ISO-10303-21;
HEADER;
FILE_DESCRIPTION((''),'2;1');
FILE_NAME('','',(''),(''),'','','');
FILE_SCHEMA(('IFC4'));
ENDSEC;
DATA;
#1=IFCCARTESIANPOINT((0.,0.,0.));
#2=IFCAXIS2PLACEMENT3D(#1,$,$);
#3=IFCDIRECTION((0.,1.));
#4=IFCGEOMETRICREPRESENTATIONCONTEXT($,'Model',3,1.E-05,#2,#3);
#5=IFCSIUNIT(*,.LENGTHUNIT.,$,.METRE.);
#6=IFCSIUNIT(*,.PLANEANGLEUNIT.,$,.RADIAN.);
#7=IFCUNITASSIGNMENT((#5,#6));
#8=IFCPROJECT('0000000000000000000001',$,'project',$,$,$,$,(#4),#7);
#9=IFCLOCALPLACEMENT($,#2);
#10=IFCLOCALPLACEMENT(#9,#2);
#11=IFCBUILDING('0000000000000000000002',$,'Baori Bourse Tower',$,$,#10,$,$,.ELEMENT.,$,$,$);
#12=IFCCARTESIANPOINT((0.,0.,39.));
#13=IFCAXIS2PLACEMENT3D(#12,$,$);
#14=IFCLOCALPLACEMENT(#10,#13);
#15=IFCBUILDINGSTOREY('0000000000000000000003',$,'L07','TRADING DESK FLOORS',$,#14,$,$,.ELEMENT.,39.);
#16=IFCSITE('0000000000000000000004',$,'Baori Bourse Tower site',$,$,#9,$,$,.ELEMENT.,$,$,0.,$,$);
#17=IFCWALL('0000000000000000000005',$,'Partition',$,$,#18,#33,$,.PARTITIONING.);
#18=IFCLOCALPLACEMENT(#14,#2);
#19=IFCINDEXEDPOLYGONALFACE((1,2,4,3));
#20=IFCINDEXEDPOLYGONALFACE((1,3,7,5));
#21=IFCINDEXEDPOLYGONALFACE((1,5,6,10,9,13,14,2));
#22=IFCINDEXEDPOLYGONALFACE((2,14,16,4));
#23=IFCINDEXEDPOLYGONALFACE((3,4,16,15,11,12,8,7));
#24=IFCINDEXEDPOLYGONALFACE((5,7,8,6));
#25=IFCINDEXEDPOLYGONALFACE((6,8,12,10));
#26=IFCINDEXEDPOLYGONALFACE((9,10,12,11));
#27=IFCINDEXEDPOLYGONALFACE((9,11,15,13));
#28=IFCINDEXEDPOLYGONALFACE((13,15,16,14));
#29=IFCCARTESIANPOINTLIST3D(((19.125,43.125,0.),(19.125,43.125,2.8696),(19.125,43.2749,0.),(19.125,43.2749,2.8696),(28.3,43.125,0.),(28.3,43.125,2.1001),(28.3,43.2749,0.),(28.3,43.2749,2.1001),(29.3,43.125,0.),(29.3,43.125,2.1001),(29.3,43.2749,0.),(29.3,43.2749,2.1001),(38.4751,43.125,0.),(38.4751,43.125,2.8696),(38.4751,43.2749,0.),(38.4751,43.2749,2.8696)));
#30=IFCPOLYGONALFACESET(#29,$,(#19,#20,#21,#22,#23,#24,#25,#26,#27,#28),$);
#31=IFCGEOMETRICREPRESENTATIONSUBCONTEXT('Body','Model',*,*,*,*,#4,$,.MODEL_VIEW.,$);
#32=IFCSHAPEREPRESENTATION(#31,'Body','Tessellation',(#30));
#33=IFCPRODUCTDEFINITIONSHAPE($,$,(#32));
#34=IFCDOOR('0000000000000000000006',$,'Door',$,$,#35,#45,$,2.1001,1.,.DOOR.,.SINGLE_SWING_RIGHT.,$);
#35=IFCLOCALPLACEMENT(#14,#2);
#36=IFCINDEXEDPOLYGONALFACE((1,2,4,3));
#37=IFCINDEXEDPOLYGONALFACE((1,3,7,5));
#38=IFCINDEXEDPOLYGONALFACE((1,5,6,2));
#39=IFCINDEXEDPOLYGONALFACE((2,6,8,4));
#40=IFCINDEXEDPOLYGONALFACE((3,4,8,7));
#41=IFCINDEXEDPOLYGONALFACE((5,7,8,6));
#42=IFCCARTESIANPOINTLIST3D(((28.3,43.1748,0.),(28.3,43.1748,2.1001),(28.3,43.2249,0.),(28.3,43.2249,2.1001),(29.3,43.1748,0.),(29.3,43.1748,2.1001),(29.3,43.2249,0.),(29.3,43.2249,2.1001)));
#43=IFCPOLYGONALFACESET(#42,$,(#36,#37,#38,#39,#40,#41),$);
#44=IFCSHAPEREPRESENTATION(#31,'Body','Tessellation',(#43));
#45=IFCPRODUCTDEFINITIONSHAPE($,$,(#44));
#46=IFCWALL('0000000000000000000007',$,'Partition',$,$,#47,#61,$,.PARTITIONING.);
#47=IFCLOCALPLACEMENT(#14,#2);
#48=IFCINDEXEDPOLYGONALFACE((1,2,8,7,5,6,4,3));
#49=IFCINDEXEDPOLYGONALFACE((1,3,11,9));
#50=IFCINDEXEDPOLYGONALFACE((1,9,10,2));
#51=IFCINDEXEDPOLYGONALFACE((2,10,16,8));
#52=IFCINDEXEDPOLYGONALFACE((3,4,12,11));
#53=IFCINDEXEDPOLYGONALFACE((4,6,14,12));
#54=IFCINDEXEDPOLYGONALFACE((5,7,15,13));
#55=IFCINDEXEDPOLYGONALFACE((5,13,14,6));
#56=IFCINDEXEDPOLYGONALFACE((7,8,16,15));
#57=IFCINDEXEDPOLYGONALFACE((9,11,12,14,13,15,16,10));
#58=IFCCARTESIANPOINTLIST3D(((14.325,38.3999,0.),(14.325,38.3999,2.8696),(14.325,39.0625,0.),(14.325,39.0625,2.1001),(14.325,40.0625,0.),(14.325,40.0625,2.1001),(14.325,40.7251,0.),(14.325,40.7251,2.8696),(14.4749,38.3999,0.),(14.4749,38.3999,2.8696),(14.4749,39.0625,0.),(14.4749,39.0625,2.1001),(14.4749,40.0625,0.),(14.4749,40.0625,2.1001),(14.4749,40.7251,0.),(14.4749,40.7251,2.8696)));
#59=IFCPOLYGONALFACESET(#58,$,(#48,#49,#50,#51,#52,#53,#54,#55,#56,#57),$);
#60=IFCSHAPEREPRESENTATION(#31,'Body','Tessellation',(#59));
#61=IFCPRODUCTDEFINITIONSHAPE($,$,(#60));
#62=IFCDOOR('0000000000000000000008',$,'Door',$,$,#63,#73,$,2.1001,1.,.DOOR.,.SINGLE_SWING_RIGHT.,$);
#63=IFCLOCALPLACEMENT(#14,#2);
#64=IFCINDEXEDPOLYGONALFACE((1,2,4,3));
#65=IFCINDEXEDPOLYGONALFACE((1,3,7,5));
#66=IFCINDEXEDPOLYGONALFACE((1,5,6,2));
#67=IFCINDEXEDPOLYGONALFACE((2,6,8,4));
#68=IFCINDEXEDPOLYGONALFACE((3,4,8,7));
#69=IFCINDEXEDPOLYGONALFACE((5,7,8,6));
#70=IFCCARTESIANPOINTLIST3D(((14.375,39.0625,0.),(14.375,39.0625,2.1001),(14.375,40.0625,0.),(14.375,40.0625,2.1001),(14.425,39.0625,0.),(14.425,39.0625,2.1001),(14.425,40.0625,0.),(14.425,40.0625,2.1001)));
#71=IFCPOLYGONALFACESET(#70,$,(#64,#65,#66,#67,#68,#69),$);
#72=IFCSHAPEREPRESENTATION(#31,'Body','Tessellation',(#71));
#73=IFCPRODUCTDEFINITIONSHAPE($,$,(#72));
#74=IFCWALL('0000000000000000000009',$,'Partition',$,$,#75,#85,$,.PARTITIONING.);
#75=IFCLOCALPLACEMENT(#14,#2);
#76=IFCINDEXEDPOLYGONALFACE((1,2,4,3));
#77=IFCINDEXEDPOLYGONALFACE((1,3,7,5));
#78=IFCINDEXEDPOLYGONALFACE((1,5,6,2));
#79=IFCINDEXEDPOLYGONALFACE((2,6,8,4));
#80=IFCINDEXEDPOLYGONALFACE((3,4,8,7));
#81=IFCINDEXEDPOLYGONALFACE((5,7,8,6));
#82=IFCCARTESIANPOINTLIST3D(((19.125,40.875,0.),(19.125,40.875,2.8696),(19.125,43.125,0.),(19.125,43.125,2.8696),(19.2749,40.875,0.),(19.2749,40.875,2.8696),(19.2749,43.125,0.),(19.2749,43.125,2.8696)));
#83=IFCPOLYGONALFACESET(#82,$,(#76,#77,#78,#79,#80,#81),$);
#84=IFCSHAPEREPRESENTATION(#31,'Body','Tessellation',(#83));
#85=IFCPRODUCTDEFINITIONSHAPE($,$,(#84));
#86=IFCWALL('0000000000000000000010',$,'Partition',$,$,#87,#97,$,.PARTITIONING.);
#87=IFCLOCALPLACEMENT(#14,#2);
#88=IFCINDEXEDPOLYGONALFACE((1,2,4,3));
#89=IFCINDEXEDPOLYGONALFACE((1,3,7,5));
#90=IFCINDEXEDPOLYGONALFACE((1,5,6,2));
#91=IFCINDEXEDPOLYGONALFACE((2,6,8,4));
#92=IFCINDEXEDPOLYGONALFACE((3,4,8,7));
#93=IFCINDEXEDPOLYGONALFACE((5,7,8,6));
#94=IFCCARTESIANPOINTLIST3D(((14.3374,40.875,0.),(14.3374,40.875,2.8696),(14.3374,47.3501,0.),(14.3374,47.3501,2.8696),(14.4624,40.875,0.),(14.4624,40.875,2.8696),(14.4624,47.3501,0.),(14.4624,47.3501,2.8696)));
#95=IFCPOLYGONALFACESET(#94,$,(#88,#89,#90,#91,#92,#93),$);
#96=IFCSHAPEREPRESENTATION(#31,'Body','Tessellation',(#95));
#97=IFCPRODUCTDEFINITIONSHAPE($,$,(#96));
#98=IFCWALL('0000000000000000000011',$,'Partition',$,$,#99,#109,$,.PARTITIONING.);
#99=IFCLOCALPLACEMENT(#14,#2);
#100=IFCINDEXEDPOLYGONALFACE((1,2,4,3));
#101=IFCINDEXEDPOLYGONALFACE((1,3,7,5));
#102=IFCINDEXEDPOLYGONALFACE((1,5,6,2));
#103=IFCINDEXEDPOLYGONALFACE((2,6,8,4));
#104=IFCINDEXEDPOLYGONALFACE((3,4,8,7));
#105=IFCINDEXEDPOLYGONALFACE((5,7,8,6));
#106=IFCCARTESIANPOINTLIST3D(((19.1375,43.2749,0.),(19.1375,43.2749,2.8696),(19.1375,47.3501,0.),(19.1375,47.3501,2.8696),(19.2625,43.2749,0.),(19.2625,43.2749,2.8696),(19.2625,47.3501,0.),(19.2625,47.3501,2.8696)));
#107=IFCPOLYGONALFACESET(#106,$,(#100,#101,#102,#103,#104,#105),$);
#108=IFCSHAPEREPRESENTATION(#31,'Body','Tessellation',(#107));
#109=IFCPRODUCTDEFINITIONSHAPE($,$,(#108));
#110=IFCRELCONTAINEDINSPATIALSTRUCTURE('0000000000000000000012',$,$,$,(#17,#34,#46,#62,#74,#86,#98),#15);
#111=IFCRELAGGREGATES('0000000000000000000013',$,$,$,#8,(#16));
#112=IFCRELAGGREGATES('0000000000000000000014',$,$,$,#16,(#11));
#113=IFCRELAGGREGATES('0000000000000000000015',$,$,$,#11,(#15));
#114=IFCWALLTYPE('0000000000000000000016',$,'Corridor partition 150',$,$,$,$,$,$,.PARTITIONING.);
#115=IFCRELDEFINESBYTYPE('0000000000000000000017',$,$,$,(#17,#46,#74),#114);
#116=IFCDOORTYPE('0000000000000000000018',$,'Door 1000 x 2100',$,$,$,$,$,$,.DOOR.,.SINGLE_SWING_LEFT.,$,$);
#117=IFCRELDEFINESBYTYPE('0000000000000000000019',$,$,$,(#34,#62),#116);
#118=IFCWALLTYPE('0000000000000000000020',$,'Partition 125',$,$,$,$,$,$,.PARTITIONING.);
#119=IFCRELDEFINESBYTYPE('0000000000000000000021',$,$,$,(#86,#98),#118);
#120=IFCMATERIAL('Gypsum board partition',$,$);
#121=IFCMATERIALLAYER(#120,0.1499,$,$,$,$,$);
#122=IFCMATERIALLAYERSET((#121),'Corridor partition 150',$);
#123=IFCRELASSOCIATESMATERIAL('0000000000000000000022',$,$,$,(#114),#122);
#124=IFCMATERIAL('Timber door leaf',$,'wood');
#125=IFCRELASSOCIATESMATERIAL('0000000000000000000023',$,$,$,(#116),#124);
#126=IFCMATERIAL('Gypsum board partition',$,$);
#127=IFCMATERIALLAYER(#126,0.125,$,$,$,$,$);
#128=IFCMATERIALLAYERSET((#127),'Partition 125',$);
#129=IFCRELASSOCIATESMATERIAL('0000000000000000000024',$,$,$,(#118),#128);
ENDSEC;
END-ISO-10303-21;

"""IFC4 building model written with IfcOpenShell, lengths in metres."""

from ifc_helpers import new_model, si_unit, direction, frame, frame_2d, origin, place, context, subcontext, project, spatial, rectangle, extrude, material, layer, layer_set, type_object, element, fill, save


model = new_model("IFC4")

# Units and contexts
model_context = context("Model", 3, precision=1e-05, world=origin(), true_north=direction((0.0, 1.0)))
body_context = subcontext(model_context, "Body", "Model", "MODEL_VIEW")
ifc_project = project(units=[si_unit("LENGTHUNIT", "METRE"), si_unit("PLANEANGLEUNIT", "RADIAN")], contexts=[model_context])

# Site, building, storey
site_placement = place(None, origin())
site = spatial("IfcSite", under=ifc_project, at=site_placement, Name="Baori Bourse Tower site", CompositionType="ELEMENT", RefElevation=0.0)
building_placement = place(site_placement, origin())
building = spatial("IfcBuilding", under=site, at=building_placement, Name="Baori Bourse Tower", CompositionType="ELEMENT")
storey_placement = place(building_placement, frame((0.0, 0.0, 39.0)))
storey = spatial("IfcBuildingStorey", under=building, at=storey_placement, Name="L07", Description="TRADING DESK FLOORS", CompositionType="ELEMENT", Elevation=39.0)

# Shared definitions
ifc_material_1 = material(Name="Gypsum board partition")
ifc_layer_1 = layer(ifc_material_1, 0.1499)
ifc_layer_set_1 = layer_set([ifc_layer_1], Name="Corridor partition 150")
wall_type_1 = type_object("IfcWallType", Name="Corridor partition 150", PredefinedType="PARTITIONING", material=ifc_layer_set_1)
ifc_material_2 = material(Name="Timber door leaf", Category="wood")
door_type_1 = type_object("IfcDoorType", Name="Door 1000 x 2100", OperationType="SINGLE_SWING_LEFT", PredefinedType="DOOR", material=ifc_material_2)

# Walls, openings, doors
wall_1_placement = place(storey_placement, frame((19.125, 43.2, 0.0), z_axis=(0.0, 0.0, 1.0), x_axis=(1.0, 0.0, 0.0)))
wall_1 = element("IfcWall", 1, at=wall_1_placement, inside=storey, type_object=wall_type_1, Name="Partition", PredefinedType="PARTITIONING", context=body_context, shape_type="SweptSolid", body=[
    extrude(rectangle(XDim=19.3501, YDim=0.1499, at=frame_2d((9.675, 0.0))), origin(), (0.0, 0.0, 1.0), 2.8696),
])
opening_1_placement = place(wall_1_placement, frame((9.175, 0.0, 0.0)))
opening_1 = element("IfcOpeningElement", 2, at=opening_1_placement, cuts=wall_1, PredefinedType="OPENING", context=body_context, shape_type="SweptSolid", body=[
    extrude(rectangle(XDim=1.0, YDim=2.1001, at=frame_2d((0.5, 1.05))), frame((0.0, 0.085, 0.0), z_axis=(0.0, -1.0, 0.0), x_axis=(1.0, 0.0, 0.0)), (0.0, 0.0, 1.0), 0.1699),
])
door_1_placement = place(opening_1_placement, origin())
door_1 = element("IfcDoor", 3, at=door_1_placement, inside=storey, type_object=door_type_1, Name="Door", OperationType="SINGLE_SWING_RIGHT", OverallHeight=2.1001, OverallWidth=1.0, PredefinedType="DOOR", context=body_context, shape_type="SweptSolid", body=[
    extrude(rectangle(XDim=1.0, YDim=2.1001, at=frame_2d((0.5, 1.05))), frame((0.0, 0.0249, 0.0), z_axis=(0.0, -1.0, 0.0), x_axis=(1.0, 0.0, 0.0)), (0.0, 0.0, 1.0), 0.05),
])
fill(opening_1, door_1)
wall_2_placement = place(storey_placement, frame((14.3999, 38.3999, 0.0), z_axis=(0.0, 0.0, 1.0), x_axis=(0.0, 1.0, 0.0)))
wall_2 = element("IfcWall", 4, at=wall_2_placement, inside=storey, type_object=wall_type_1, Name="Partition", PredefinedType="PARTITIONING", context=body_context, shape_type="SweptSolid", body=[
    extrude(rectangle(XDim=2.3252, YDim=0.1499, at=frame_2d((1.1626, 0.0))), origin(), (0.0, 0.0, 1.0), 2.8696),
])
opening_2_placement = place(wall_2_placement, frame((0.6626, 0.0, 0.0)))
opening_2 = element("IfcOpeningElement", 5, at=opening_2_placement, cuts=wall_2, PredefinedType="OPENING", context=body_context, shape_type="SweptSolid", body=[
    extrude(rectangle(XDim=1.0, YDim=2.1001, at=frame_2d((0.5, 1.05))), frame((0.0, 0.085, 0.0), z_axis=(0.0, -1.0, 0.0), x_axis=(1.0, 0.0, 0.0)), (0.0, 0.0, 1.0), 0.1699),
])
door_2_placement = place(opening_2_placement, origin())
door_2 = element("IfcDoor", 6, at=door_2_placement, inside=storey, type_object=door_type_1, Name="Door", OperationType="SINGLE_SWING_RIGHT", OverallHeight=2.1001, OverallWidth=1.0, PredefinedType="DOOR", context=body_context, shape_type="SweptSolid", body=[
    extrude(rectangle(XDim=1.0, YDim=2.1001, at=frame_2d((0.5, 1.05))), frame((0.0, 0.0249, 0.0), z_axis=(0.0, -1.0, 0.0), x_axis=(1.0, 0.0, 0.0)), (0.0, 0.0, 1.0), 0.05),
])
fill(opening_2, door_2)

# Walls
wall_3_placement = place(storey_placement, frame((19.2, 40.875, 0.0), z_axis=(0.0, 0.0, 1.0), x_axis=(0.0, 1.0, 0.0)))
element("IfcWall", 7, at=wall_3_placement, inside=storey, type_object=wall_type_1, Name="Partition", PredefinedType="PARTITIONING", context=body_context, shape_type="SweptSolid", body=[
    extrude(rectangle(XDim=2.25, YDim=0.1499, at=frame_2d((1.125, 0.0))), origin(), (0.0, 0.0, 1.0), 2.8696),
])
ifc_material_3 = material(Name="Gypsum board partition")
ifc_layer_2 = layer(ifc_material_3, 0.125)
ifc_layer_set_2 = layer_set([ifc_layer_2], Name="Partition 125")
wall_type_2 = type_object("IfcWallType", Name="Partition 125", PredefinedType="PARTITIONING", material=ifc_layer_set_2)
wall_4_placement = place(storey_placement, frame((14.3999, 40.875, 0.0), z_axis=(0.0, 0.0, 1.0), x_axis=(0.0, 1.0, 0.0)))
element("IfcWall", 8, at=wall_4_placement, inside=storey, type_object=wall_type_2, Name="Partition", PredefinedType="PARTITIONING", context=body_context, shape_type="SweptSolid", body=[
    extrude(rectangle(XDim=6.4751, YDim=0.125, at=frame_2d((3.2375, 0.0))), origin(), (0.0, 0.0, 1.0), 2.8696),
])
wall_5_placement = place(storey_placement, frame((19.2, 43.2749, 0.0), z_axis=(0.0, 0.0, 1.0), x_axis=(0.0, 1.0, 0.0)))
element("IfcWall", 9, at=wall_5_placement, inside=storey, type_object=wall_type_2, Name="Partition", PredefinedType="PARTITIONING", context=body_context, shape_type="SweptSolid", body=[
    extrude(rectangle(XDim=4.0752, YDim=0.125, at=frame_2d((2.0376, 0.0))), origin(), (0.0, 0.0, 1.0), 2.8696),
])

save(model, "model.ifc")
